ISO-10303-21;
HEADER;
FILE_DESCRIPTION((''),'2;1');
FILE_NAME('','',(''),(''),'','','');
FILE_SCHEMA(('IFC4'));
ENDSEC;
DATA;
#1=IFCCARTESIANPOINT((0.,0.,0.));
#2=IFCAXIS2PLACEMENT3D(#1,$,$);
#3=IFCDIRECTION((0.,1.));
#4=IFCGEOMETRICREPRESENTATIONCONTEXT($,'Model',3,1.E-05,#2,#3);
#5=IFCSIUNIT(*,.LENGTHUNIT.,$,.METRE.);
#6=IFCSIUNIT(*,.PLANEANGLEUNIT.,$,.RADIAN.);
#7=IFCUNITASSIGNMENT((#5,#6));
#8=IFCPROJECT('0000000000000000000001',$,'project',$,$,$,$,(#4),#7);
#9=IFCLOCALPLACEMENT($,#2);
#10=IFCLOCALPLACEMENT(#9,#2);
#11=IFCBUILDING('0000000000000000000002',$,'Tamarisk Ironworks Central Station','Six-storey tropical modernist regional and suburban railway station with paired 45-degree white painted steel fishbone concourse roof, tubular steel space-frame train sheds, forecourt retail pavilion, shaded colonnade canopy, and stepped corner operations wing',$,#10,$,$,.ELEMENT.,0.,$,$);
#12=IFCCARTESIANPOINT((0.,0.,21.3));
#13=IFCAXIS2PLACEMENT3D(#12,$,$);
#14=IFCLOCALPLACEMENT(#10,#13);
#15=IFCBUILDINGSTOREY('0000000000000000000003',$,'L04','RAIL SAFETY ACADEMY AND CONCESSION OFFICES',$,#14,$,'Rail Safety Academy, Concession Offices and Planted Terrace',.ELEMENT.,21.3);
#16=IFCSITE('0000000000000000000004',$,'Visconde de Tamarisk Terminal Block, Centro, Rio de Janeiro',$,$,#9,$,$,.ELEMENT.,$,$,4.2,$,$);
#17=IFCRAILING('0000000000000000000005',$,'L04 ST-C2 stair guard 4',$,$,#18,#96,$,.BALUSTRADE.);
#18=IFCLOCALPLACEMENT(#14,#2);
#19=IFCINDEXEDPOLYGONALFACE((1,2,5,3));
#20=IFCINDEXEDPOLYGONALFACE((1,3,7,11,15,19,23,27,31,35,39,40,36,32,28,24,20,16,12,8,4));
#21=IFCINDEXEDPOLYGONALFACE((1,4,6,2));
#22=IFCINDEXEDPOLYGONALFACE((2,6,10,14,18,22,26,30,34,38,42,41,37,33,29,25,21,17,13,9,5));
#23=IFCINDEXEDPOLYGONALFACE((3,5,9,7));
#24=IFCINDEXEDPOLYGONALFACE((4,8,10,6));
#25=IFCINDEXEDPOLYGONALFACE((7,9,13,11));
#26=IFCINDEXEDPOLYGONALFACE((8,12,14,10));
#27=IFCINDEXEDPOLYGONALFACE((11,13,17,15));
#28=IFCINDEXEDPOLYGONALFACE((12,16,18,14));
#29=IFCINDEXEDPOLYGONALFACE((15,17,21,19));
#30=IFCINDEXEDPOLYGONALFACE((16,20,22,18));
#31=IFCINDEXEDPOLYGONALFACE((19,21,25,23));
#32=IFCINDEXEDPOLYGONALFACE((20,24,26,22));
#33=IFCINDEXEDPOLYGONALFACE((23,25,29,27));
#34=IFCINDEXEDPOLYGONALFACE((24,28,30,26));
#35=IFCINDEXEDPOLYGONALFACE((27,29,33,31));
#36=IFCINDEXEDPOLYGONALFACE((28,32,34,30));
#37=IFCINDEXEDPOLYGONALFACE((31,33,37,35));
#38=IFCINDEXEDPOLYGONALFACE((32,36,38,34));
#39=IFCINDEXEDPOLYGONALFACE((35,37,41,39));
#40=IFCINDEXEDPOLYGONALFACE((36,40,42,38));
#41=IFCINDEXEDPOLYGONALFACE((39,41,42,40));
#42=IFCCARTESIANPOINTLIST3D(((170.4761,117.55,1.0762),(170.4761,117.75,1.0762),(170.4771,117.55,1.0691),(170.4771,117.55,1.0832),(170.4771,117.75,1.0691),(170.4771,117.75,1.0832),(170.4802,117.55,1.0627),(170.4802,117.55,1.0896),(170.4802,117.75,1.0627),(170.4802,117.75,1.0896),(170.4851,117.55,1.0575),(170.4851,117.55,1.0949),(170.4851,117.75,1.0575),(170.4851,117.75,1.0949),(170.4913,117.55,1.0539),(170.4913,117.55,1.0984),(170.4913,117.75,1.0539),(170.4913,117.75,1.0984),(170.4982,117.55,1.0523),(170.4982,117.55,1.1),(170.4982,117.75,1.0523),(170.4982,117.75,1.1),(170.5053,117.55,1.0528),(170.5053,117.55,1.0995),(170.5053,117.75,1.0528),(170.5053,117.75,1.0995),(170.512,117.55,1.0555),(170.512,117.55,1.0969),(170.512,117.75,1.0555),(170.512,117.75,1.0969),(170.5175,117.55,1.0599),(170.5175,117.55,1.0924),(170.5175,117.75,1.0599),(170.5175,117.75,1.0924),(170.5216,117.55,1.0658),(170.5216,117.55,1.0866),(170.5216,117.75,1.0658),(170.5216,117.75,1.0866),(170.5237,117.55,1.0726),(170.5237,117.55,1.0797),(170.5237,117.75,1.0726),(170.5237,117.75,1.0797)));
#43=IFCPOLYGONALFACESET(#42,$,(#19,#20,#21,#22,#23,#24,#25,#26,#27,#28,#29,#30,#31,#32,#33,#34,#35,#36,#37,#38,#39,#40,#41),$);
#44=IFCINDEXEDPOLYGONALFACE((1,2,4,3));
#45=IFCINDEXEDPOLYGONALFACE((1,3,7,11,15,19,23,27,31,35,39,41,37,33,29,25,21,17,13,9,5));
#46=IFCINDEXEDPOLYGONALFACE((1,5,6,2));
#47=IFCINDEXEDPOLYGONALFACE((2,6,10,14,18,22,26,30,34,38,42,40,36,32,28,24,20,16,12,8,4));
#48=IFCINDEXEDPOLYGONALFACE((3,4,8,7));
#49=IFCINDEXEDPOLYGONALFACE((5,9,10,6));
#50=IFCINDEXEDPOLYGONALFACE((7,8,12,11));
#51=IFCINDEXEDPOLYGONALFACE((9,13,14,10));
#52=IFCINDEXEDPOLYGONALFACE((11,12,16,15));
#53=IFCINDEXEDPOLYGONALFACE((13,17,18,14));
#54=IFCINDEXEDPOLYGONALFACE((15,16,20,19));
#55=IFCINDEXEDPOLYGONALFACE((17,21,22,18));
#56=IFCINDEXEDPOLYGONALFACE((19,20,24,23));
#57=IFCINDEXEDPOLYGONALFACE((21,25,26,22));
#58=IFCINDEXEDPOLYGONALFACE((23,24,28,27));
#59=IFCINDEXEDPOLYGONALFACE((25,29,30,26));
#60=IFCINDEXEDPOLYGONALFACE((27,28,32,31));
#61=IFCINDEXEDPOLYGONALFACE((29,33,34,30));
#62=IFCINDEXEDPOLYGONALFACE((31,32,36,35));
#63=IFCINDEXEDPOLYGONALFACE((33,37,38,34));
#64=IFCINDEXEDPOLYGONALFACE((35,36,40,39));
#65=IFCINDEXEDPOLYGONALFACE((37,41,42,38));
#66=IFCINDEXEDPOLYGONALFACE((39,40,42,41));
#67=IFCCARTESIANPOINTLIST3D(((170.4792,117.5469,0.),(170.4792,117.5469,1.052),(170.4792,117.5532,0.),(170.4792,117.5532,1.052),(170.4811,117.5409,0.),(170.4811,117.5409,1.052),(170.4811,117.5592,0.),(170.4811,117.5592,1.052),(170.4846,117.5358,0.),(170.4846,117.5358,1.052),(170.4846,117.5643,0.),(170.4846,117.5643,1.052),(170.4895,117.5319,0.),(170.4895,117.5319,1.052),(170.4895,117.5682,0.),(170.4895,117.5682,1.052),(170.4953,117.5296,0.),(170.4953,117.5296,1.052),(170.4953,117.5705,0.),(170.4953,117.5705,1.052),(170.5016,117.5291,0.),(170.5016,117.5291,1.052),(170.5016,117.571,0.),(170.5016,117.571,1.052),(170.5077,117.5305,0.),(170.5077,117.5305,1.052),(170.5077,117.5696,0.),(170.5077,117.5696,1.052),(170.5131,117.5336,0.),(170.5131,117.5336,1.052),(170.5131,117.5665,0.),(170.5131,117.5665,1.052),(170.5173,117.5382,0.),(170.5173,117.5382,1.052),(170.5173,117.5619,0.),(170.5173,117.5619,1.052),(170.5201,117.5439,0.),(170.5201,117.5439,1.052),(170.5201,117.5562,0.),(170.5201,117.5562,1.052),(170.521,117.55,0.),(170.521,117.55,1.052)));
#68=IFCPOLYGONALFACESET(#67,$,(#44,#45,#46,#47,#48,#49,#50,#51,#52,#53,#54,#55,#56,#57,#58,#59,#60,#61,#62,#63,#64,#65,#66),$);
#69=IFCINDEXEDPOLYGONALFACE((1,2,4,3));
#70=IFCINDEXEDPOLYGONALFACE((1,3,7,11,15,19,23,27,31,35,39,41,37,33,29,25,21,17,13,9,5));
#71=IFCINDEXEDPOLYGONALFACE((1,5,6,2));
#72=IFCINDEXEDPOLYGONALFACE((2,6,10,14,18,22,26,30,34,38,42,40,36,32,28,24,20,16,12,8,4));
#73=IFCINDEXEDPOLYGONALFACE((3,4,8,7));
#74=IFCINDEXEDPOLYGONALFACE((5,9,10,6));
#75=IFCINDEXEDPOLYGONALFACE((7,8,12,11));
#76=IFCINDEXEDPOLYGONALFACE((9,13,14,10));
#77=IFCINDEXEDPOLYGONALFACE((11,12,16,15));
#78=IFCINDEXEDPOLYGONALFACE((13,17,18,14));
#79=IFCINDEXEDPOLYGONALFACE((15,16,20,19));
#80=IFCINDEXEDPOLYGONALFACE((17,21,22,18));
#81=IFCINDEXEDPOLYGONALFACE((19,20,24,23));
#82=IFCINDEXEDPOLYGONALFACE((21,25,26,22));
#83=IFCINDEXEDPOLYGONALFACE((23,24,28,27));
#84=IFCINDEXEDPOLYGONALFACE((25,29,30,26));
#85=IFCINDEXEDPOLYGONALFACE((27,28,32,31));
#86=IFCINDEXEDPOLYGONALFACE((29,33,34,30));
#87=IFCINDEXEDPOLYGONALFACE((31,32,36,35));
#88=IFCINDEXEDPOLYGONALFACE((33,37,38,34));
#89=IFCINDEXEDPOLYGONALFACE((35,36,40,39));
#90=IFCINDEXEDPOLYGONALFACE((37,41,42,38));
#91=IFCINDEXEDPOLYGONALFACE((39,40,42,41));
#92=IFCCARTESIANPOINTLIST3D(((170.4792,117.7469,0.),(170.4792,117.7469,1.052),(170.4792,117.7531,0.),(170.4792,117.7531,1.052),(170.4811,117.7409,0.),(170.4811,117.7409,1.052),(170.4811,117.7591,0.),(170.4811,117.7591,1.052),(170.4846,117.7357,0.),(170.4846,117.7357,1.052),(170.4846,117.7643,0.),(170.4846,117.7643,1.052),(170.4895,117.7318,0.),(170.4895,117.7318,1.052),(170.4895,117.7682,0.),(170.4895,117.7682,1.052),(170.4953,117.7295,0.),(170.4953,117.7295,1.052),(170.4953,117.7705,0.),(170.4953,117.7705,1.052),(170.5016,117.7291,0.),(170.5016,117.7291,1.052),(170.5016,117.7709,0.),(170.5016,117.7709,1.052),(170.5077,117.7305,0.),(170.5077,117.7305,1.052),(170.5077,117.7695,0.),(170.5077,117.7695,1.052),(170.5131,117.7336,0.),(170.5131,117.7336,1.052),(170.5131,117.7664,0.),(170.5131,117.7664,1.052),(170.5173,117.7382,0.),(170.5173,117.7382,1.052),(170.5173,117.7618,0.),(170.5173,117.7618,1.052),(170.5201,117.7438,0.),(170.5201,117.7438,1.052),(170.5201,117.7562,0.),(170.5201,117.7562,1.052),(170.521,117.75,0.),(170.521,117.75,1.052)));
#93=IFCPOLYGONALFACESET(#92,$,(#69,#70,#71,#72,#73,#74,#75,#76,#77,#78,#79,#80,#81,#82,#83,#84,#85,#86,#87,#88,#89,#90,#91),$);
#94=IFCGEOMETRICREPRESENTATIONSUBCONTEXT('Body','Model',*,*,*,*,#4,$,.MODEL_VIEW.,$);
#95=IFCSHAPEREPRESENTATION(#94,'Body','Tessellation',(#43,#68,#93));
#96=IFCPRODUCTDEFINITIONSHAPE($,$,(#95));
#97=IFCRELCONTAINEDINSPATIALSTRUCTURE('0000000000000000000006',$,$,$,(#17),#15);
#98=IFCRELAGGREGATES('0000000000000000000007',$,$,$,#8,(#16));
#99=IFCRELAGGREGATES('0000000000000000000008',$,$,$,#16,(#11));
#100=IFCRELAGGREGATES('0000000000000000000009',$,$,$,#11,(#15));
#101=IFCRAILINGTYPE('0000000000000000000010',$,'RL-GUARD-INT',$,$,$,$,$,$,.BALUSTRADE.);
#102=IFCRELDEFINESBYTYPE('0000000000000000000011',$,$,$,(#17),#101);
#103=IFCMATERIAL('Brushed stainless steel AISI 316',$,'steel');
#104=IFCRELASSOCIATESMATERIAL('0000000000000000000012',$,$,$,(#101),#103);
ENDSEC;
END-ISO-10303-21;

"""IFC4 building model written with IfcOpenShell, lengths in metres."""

from ifc_helpers import new_model, si_unit, direction, frame, origin, origin_2d, place, context, subcontext, project, spatial, circle, extrude, material, type_object, element, save


model = new_model("IFC4")

# Units and contexts
model_context = context("Model", 3, precision=1e-05, world=origin(), true_north=direction((0.0, 1.0)))
body_context = subcontext(model_context, "Body", "Model", "MODEL_VIEW")
ifc_project = project(units=[si_unit("LENGTHUNIT", "METRE"), si_unit("PLANEANGLEUNIT", "RADIAN")], contexts=[model_context])

# Site, building, storey
site_placement = place(None, origin())
site = spatial("IfcSite", under=ifc_project, at=site_placement, Name="Visconde de Tamarisk Terminal Block, Centro, Rio de Janeiro", CompositionType="ELEMENT", RefElevation=4.2)
building_placement = place(site_placement, origin())
building = spatial("IfcBuilding", under=site, at=building_placement, Name="Tamarisk Ironworks Central Station", Description="Six-storey tropical modernist regional and suburban railway station with paired 45-degree white painted steel fishbone concourse roof, tubular steel space-frame train sheds, forecourt retail pavilion, shaded colonnade canopy, and stepped corner operations wing", CompositionType="ELEMENT", ElevationOfRefHeight=0.0)
storey_placement = place(building_placement, frame((0.0, 0.0, 21.3)))
storey = spatial("IfcBuildingStorey", under=building, at=storey_placement, Name="L04", Description="RAIL SAFETY ACADEMY AND CONCESSION OFFICES", LongName="Rail Safety Academy, Concession Offices and Planted Terrace", CompositionType="ELEMENT", Elevation=21.3)

# Railing
ifc_material_1 = material(Name="Brushed stainless steel AISI 316", Category="steel")
railing_type_1 = type_object("IfcRailingType", Name="RL-GUARD-INT", PredefinedType="BALUSTRADE", material=ifc_material_1)
railing_1_placement = place(storey_placement, frame((170.5, 117.55, 0.0)))
element("IfcRailing", 1, at=railing_1_placement, inside=storey, type_object=railing_type_1, Name="L04 ST-C2 stair guard 4", PredefinedType="BALUSTRADE", context=body_context, shape_type="SweptSolid", body=[
    extrude(circle(Radius=0.0239, at=origin_2d()), frame((0.0, 0.0, 1.0762), z_axis=(0.0, 1.0, 0.0), x_axis=(-1.0, 0.0, 0.0)), (0.0, 0.0, 1.0), 0.2),
    extrude(circle(Radius=0.021, at=origin_2d()), origin(), (0.0, 0.0, 1.0), 1.052),
    extrude(circle(Radius=0.021, at=origin_2d()), frame((0.0, 0.2, 0.0)), (0.0, 0.0, 1.0), 1.052),
])

save(model, "model.ifc")
